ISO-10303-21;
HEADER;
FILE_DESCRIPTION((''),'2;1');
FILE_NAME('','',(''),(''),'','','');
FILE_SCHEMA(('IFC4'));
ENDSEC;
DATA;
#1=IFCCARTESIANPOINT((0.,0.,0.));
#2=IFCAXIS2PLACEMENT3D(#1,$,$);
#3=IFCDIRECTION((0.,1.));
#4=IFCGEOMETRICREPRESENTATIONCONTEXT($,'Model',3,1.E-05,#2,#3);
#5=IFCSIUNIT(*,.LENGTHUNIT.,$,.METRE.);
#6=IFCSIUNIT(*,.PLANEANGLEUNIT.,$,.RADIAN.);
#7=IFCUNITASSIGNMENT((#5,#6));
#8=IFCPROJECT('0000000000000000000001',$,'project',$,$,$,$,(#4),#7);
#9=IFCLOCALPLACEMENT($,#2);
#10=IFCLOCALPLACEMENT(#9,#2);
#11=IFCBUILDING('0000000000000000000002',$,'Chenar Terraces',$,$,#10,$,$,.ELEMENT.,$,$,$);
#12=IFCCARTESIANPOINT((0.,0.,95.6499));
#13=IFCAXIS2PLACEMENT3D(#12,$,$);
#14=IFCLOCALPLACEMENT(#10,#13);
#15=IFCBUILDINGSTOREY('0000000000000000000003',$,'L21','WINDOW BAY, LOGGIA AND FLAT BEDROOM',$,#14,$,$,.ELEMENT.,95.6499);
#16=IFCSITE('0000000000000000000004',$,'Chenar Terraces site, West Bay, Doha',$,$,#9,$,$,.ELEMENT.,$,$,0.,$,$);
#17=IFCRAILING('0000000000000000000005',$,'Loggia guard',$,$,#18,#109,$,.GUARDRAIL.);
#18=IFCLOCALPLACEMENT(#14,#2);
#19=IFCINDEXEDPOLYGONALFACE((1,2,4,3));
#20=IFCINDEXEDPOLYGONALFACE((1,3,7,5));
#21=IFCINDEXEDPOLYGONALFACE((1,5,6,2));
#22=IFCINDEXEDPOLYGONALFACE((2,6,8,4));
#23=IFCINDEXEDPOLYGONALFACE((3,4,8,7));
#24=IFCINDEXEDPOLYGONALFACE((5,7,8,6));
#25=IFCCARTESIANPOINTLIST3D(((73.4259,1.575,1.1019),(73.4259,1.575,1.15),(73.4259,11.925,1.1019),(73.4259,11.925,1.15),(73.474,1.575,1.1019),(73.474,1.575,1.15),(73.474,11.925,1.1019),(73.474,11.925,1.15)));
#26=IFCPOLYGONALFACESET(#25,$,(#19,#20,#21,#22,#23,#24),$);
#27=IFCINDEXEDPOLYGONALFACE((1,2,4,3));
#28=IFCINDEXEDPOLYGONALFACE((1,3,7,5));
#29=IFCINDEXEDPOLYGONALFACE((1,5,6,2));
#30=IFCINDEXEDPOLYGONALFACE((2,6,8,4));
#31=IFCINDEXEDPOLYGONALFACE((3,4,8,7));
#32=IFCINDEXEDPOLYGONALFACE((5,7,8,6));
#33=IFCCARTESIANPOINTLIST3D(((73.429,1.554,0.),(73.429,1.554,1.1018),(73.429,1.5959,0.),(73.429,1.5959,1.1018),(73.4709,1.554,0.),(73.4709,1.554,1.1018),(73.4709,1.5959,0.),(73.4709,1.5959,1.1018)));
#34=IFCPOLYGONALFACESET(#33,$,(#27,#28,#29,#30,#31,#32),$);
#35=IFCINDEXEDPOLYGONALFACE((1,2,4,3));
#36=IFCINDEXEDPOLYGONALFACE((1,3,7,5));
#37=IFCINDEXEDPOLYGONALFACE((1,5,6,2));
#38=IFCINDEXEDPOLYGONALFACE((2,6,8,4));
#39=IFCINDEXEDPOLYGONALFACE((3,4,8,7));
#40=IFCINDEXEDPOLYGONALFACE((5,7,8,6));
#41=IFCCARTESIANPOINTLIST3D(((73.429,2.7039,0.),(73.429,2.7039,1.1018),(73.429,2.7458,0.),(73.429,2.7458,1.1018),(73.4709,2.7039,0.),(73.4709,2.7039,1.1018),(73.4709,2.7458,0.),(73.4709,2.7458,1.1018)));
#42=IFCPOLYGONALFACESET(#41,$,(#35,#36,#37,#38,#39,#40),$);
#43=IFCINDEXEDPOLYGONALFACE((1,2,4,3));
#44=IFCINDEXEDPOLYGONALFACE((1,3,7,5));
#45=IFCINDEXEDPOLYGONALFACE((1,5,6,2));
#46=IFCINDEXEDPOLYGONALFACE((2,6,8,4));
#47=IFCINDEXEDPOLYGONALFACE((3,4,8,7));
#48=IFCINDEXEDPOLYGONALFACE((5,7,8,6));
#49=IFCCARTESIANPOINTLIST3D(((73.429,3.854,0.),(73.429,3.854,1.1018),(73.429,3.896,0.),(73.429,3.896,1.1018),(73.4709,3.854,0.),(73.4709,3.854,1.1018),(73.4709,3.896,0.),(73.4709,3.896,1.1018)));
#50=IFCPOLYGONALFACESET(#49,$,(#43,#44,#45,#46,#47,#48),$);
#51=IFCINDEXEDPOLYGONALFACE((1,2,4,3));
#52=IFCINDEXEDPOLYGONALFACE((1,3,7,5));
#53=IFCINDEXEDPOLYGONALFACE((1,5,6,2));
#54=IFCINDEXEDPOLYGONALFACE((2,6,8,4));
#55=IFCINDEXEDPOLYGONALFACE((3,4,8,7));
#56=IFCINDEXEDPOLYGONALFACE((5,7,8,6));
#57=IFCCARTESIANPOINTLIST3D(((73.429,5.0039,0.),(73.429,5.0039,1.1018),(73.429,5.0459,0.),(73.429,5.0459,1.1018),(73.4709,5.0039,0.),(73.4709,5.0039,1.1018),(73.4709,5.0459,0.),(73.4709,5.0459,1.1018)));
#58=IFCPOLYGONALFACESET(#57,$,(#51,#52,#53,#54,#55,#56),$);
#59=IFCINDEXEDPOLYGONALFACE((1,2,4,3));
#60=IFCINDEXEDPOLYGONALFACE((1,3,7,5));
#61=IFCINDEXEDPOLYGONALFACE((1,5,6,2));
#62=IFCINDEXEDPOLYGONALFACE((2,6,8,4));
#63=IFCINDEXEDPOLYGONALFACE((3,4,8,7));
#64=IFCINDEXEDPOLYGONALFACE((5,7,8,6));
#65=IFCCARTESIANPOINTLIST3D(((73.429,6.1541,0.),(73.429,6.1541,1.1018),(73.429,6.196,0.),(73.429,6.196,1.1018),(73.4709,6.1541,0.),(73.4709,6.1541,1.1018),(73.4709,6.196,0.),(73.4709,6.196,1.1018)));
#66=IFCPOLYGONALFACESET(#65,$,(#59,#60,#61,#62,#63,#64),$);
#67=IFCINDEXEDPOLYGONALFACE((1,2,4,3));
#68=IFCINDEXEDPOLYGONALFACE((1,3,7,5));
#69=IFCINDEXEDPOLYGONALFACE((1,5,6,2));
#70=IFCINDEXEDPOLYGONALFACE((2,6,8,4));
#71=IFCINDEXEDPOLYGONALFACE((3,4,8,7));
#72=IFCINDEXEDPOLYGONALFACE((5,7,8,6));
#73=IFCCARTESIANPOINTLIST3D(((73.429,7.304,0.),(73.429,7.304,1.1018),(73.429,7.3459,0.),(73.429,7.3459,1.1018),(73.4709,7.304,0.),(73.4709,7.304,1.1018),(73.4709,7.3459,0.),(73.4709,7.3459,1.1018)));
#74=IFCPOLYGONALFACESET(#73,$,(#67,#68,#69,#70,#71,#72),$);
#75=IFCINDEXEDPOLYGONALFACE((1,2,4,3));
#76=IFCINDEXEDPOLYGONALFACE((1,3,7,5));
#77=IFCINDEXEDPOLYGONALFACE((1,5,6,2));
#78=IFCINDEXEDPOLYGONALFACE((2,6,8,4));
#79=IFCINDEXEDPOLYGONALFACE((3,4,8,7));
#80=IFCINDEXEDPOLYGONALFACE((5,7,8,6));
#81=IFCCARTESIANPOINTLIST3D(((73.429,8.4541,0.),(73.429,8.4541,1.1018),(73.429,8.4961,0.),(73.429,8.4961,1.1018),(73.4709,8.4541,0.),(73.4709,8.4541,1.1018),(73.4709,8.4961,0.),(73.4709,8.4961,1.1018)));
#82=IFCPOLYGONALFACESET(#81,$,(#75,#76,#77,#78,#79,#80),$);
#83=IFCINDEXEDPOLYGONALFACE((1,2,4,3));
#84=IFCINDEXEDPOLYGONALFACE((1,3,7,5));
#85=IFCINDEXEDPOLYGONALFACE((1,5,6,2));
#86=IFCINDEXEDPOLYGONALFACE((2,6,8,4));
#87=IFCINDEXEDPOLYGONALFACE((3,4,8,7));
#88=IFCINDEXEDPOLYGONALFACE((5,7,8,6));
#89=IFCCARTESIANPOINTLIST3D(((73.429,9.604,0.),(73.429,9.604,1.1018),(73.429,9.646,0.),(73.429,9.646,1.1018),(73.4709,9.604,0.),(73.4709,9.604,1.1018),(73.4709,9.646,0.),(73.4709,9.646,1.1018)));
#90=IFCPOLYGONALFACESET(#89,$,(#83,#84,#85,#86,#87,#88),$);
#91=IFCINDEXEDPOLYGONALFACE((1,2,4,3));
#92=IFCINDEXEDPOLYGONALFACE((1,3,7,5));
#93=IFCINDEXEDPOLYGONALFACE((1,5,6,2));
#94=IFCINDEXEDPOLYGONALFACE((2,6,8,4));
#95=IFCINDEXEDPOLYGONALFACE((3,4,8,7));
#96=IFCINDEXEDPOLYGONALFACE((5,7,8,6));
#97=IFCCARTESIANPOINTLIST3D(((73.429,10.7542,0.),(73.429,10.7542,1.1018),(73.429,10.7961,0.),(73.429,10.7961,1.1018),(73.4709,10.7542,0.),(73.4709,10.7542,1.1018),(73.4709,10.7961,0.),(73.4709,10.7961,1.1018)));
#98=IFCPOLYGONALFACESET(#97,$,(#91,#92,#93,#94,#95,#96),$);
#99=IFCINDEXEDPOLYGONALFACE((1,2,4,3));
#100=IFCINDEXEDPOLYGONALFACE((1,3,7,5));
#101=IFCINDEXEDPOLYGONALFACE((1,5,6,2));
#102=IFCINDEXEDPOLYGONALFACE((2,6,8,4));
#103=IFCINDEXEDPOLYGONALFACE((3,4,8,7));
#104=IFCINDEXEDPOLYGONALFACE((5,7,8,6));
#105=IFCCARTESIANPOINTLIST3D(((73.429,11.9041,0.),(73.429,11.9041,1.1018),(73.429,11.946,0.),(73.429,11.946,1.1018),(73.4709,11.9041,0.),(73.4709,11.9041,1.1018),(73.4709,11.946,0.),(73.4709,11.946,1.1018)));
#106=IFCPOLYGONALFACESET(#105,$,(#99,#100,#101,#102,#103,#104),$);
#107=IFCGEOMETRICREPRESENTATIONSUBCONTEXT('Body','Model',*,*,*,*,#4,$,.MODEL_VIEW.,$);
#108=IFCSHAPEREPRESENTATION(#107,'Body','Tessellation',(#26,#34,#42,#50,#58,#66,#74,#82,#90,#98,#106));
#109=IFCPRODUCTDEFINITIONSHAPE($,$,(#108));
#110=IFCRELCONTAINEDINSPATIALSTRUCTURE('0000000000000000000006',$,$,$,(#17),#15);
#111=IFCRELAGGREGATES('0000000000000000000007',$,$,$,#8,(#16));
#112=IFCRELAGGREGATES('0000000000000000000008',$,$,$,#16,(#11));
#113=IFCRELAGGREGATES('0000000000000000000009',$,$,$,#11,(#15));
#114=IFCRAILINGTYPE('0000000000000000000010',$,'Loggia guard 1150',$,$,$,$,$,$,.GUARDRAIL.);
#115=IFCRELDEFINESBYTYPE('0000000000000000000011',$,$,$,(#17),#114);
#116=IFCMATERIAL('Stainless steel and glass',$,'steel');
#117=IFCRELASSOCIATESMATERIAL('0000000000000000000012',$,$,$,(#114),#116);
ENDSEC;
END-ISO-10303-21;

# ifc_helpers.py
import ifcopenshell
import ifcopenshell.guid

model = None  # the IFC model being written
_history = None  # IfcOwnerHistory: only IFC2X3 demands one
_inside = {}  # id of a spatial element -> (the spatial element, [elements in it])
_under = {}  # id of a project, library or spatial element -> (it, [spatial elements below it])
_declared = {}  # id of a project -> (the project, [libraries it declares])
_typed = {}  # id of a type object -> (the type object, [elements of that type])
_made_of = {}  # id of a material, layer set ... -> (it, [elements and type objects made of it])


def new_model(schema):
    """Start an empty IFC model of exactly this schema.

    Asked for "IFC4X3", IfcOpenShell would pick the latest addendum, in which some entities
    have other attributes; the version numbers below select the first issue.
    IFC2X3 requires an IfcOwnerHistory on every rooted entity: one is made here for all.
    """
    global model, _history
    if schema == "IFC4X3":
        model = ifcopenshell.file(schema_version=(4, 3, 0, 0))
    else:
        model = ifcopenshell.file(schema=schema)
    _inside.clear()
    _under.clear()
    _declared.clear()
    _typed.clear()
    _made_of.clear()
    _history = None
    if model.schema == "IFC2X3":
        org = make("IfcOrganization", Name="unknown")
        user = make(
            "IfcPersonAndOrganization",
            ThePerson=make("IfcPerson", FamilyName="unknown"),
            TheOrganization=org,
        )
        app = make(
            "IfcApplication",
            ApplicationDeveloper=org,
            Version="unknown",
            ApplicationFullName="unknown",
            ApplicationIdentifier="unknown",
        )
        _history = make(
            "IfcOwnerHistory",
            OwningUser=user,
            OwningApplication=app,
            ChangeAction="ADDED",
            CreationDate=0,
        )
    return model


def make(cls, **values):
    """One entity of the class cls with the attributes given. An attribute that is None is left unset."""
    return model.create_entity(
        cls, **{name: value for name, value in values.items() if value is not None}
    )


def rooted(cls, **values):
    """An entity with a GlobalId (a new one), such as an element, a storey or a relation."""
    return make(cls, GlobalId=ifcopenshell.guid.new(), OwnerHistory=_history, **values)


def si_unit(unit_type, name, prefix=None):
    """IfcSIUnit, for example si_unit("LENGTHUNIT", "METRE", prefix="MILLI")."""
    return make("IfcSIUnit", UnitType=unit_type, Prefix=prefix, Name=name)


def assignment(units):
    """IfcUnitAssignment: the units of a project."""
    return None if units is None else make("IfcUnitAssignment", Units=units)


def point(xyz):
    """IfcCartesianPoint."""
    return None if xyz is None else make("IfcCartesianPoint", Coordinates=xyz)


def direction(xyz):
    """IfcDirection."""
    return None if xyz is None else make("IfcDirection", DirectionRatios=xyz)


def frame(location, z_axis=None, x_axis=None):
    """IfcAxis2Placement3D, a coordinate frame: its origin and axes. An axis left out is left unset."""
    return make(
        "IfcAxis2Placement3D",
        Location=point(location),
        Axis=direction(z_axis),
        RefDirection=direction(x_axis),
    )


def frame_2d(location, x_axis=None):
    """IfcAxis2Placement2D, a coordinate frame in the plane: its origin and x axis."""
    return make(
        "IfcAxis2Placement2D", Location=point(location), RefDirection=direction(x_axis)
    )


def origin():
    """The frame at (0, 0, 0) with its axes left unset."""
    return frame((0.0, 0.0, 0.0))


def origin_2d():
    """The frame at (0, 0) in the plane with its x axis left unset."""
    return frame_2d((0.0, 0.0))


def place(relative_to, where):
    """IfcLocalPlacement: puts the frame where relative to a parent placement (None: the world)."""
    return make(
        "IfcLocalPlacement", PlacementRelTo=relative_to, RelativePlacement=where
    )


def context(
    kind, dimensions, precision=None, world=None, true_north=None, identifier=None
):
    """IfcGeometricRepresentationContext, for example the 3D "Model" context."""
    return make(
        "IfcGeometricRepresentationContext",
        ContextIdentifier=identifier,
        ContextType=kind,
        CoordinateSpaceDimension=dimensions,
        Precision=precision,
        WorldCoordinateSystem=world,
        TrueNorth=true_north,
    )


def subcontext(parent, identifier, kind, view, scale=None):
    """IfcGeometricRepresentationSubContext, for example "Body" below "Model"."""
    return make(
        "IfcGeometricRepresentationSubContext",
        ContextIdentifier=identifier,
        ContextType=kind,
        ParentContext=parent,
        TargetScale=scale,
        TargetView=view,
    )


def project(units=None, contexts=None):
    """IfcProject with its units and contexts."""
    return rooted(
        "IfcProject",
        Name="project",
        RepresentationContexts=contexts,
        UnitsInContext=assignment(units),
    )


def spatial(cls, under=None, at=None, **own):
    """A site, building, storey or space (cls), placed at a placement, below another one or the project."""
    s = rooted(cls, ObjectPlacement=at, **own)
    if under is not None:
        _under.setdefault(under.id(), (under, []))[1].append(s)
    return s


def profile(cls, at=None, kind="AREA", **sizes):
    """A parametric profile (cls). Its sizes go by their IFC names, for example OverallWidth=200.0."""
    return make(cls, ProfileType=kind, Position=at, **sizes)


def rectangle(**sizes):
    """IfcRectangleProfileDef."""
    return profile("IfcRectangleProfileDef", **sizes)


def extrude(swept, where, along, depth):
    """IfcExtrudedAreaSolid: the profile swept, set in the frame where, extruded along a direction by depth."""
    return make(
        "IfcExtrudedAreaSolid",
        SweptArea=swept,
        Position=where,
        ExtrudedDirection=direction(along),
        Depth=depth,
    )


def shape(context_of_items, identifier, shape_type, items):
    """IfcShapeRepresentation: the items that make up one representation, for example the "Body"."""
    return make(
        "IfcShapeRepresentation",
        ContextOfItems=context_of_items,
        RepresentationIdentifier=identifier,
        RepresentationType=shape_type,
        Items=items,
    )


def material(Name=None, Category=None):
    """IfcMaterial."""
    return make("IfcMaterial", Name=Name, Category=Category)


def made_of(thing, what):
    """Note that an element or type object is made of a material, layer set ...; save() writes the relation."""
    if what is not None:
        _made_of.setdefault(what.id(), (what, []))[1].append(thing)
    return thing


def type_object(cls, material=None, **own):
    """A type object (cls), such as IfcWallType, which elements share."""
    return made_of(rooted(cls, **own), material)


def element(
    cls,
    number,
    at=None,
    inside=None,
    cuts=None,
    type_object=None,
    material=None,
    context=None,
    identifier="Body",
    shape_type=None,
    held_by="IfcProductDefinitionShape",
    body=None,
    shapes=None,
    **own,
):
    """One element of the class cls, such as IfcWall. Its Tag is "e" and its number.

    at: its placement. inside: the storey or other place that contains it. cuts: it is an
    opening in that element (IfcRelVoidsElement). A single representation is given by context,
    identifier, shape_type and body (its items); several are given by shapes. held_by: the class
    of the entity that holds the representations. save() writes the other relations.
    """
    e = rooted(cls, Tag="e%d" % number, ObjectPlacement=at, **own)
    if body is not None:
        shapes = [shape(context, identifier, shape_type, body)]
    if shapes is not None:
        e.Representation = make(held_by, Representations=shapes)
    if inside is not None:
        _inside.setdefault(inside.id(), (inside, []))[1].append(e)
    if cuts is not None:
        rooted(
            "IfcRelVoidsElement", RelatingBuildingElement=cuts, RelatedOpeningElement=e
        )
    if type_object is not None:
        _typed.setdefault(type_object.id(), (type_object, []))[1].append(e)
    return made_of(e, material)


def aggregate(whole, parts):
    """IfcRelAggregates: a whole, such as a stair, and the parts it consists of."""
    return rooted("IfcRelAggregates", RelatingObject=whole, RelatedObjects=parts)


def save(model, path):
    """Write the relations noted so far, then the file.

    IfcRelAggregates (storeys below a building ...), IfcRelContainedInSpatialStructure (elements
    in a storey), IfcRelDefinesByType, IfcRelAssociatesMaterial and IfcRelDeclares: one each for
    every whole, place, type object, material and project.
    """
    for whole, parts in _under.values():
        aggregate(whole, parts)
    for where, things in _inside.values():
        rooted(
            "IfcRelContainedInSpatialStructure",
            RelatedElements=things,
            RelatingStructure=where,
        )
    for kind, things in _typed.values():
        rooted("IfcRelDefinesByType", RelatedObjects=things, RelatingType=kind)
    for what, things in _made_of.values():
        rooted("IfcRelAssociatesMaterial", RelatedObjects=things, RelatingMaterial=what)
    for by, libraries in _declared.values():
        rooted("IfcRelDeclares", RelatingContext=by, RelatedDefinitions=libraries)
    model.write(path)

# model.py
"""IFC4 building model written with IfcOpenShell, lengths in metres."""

from ifc_helpers import new_model, si_unit, direction, frame, origin, origin_2d, place, context, subcontext, project, spatial, rectangle, extrude, material, type_object, element, save


model = new_model("IFC4")

# Units and contexts
model_context = context("Model", 3, precision=1e-05, world=origin(), true_north=direction((0.0, 1.0)))
body_context = subcontext(model_context, "Body", "Model", "MODEL_VIEW")
ifc_project = project(units=[si_unit("LENGTHUNIT", "METRE"), si_unit("PLANEANGLEUNIT", "RADIAN")], contexts=[model_context])

# Site, building, storey
site_placement = place(None, origin())
site = spatial("IfcSite", under=ifc_project, at=site_placement, Name="Chenar Terraces site, West Bay, Doha", CompositionType="ELEMENT", RefElevation=0.0)
building_placement = place(site_placement, origin())
building = spatial("IfcBuilding", under=site, at=building_placement, Name="Chenar Terraces", CompositionType="ELEMENT")
storey_placement = place(building_placement, frame((0.0, 0.0, 95.6499)))
storey = spatial("IfcBuildingStorey", under=building, at=storey_placement, Name="L21", Description="WINDOW BAY, LOGGIA AND FLAT BEDROOM", CompositionType="ELEMENT", Elevation=95.6499)

# Railing
ifc_material_1 = material(Name="Stainless steel and glass", Category="steel")
railing_type = type_object("IfcRailingType", Name="Loggia guard 1150", PredefinedType="GUARDRAIL", material=ifc_material_1)
railing_placement = place(storey_placement, frame((73.45, 1.575, 0.0)))
element("IfcRailing", 1, at=railing_placement, inside=storey, type_object=railing_type, Name="Loggia guard", PredefinedType="GUARDRAIL", context=body_context, shape_type="SweptSolid", body=[
    extrude(rectangle(XDim=0.0481, YDim=0.0481, at=origin_2d()), frame((0.0, 0.0, 1.126), z_axis=(0.0, 1.0, 0.0), x_axis=(-1.0, 0.0, 0.0)), (0.0, 0.0, 1.0), 10.3501),
    extrude(rectangle(XDim=0.042, YDim=0.042, at=origin_2d()), origin(), (0.0, 0.0, 1.0), 1.1018),
    extrude(rectangle(XDim=0.042, YDim=0.042, at=origin_2d()), frame((0.0, 1.1499, 0.0)), (0.0, 0.0, 1.0), 1.1018),
    extrude(rectangle(XDim=0.042, YDim=0.042, at=origin_2d()), frame((0.0, 2.3, 0.0)), (0.0, 0.0, 1.0), 1.1018),
    extrude(rectangle(XDim=0.042, YDim=0.042, at=origin_2d()), frame((0.0, 3.45, 0.0)), (0.0, 0.0, 1.0), 1.1018),
    extrude(rectangle(XDim=0.042, YDim=0.042, at=origin_2d()), frame((0.0, 4.6001, 0.0)), (0.0, 0.0, 1.0), 1.1018),
    extrude(rectangle(XDim=0.042, YDim=0.042, at=origin_2d()), frame((0.0, 5.75, 0.0)), (0.0, 0.0, 1.0), 1.1018),
    extrude(rectangle(XDim=0.042, YDim=0.042, at=origin_2d()), frame((0.0, 6.9001, 0.0)), (0.0, 0.0, 1.0), 1.1018),
    extrude(rectangle(XDim=0.042, YDim=0.042, at=origin_2d()), frame((0.0, 8.05, 0.0)), (0.0, 0.0, 1.0), 1.1018),
    extrude(rectangle(XDim=0.042, YDim=0.042, at=origin_2d()), frame((0.0, 9.2002, 0.0)), (0.0, 0.0, 1.0), 1.1018),
    extrude(rectangle(XDim=0.042, YDim=0.042, at=origin_2d()), frame((0.0, 10.3501, 0.0)), (0.0, 0.0, 1.0), 1.1018),
])

save(model, "model.ifc")
